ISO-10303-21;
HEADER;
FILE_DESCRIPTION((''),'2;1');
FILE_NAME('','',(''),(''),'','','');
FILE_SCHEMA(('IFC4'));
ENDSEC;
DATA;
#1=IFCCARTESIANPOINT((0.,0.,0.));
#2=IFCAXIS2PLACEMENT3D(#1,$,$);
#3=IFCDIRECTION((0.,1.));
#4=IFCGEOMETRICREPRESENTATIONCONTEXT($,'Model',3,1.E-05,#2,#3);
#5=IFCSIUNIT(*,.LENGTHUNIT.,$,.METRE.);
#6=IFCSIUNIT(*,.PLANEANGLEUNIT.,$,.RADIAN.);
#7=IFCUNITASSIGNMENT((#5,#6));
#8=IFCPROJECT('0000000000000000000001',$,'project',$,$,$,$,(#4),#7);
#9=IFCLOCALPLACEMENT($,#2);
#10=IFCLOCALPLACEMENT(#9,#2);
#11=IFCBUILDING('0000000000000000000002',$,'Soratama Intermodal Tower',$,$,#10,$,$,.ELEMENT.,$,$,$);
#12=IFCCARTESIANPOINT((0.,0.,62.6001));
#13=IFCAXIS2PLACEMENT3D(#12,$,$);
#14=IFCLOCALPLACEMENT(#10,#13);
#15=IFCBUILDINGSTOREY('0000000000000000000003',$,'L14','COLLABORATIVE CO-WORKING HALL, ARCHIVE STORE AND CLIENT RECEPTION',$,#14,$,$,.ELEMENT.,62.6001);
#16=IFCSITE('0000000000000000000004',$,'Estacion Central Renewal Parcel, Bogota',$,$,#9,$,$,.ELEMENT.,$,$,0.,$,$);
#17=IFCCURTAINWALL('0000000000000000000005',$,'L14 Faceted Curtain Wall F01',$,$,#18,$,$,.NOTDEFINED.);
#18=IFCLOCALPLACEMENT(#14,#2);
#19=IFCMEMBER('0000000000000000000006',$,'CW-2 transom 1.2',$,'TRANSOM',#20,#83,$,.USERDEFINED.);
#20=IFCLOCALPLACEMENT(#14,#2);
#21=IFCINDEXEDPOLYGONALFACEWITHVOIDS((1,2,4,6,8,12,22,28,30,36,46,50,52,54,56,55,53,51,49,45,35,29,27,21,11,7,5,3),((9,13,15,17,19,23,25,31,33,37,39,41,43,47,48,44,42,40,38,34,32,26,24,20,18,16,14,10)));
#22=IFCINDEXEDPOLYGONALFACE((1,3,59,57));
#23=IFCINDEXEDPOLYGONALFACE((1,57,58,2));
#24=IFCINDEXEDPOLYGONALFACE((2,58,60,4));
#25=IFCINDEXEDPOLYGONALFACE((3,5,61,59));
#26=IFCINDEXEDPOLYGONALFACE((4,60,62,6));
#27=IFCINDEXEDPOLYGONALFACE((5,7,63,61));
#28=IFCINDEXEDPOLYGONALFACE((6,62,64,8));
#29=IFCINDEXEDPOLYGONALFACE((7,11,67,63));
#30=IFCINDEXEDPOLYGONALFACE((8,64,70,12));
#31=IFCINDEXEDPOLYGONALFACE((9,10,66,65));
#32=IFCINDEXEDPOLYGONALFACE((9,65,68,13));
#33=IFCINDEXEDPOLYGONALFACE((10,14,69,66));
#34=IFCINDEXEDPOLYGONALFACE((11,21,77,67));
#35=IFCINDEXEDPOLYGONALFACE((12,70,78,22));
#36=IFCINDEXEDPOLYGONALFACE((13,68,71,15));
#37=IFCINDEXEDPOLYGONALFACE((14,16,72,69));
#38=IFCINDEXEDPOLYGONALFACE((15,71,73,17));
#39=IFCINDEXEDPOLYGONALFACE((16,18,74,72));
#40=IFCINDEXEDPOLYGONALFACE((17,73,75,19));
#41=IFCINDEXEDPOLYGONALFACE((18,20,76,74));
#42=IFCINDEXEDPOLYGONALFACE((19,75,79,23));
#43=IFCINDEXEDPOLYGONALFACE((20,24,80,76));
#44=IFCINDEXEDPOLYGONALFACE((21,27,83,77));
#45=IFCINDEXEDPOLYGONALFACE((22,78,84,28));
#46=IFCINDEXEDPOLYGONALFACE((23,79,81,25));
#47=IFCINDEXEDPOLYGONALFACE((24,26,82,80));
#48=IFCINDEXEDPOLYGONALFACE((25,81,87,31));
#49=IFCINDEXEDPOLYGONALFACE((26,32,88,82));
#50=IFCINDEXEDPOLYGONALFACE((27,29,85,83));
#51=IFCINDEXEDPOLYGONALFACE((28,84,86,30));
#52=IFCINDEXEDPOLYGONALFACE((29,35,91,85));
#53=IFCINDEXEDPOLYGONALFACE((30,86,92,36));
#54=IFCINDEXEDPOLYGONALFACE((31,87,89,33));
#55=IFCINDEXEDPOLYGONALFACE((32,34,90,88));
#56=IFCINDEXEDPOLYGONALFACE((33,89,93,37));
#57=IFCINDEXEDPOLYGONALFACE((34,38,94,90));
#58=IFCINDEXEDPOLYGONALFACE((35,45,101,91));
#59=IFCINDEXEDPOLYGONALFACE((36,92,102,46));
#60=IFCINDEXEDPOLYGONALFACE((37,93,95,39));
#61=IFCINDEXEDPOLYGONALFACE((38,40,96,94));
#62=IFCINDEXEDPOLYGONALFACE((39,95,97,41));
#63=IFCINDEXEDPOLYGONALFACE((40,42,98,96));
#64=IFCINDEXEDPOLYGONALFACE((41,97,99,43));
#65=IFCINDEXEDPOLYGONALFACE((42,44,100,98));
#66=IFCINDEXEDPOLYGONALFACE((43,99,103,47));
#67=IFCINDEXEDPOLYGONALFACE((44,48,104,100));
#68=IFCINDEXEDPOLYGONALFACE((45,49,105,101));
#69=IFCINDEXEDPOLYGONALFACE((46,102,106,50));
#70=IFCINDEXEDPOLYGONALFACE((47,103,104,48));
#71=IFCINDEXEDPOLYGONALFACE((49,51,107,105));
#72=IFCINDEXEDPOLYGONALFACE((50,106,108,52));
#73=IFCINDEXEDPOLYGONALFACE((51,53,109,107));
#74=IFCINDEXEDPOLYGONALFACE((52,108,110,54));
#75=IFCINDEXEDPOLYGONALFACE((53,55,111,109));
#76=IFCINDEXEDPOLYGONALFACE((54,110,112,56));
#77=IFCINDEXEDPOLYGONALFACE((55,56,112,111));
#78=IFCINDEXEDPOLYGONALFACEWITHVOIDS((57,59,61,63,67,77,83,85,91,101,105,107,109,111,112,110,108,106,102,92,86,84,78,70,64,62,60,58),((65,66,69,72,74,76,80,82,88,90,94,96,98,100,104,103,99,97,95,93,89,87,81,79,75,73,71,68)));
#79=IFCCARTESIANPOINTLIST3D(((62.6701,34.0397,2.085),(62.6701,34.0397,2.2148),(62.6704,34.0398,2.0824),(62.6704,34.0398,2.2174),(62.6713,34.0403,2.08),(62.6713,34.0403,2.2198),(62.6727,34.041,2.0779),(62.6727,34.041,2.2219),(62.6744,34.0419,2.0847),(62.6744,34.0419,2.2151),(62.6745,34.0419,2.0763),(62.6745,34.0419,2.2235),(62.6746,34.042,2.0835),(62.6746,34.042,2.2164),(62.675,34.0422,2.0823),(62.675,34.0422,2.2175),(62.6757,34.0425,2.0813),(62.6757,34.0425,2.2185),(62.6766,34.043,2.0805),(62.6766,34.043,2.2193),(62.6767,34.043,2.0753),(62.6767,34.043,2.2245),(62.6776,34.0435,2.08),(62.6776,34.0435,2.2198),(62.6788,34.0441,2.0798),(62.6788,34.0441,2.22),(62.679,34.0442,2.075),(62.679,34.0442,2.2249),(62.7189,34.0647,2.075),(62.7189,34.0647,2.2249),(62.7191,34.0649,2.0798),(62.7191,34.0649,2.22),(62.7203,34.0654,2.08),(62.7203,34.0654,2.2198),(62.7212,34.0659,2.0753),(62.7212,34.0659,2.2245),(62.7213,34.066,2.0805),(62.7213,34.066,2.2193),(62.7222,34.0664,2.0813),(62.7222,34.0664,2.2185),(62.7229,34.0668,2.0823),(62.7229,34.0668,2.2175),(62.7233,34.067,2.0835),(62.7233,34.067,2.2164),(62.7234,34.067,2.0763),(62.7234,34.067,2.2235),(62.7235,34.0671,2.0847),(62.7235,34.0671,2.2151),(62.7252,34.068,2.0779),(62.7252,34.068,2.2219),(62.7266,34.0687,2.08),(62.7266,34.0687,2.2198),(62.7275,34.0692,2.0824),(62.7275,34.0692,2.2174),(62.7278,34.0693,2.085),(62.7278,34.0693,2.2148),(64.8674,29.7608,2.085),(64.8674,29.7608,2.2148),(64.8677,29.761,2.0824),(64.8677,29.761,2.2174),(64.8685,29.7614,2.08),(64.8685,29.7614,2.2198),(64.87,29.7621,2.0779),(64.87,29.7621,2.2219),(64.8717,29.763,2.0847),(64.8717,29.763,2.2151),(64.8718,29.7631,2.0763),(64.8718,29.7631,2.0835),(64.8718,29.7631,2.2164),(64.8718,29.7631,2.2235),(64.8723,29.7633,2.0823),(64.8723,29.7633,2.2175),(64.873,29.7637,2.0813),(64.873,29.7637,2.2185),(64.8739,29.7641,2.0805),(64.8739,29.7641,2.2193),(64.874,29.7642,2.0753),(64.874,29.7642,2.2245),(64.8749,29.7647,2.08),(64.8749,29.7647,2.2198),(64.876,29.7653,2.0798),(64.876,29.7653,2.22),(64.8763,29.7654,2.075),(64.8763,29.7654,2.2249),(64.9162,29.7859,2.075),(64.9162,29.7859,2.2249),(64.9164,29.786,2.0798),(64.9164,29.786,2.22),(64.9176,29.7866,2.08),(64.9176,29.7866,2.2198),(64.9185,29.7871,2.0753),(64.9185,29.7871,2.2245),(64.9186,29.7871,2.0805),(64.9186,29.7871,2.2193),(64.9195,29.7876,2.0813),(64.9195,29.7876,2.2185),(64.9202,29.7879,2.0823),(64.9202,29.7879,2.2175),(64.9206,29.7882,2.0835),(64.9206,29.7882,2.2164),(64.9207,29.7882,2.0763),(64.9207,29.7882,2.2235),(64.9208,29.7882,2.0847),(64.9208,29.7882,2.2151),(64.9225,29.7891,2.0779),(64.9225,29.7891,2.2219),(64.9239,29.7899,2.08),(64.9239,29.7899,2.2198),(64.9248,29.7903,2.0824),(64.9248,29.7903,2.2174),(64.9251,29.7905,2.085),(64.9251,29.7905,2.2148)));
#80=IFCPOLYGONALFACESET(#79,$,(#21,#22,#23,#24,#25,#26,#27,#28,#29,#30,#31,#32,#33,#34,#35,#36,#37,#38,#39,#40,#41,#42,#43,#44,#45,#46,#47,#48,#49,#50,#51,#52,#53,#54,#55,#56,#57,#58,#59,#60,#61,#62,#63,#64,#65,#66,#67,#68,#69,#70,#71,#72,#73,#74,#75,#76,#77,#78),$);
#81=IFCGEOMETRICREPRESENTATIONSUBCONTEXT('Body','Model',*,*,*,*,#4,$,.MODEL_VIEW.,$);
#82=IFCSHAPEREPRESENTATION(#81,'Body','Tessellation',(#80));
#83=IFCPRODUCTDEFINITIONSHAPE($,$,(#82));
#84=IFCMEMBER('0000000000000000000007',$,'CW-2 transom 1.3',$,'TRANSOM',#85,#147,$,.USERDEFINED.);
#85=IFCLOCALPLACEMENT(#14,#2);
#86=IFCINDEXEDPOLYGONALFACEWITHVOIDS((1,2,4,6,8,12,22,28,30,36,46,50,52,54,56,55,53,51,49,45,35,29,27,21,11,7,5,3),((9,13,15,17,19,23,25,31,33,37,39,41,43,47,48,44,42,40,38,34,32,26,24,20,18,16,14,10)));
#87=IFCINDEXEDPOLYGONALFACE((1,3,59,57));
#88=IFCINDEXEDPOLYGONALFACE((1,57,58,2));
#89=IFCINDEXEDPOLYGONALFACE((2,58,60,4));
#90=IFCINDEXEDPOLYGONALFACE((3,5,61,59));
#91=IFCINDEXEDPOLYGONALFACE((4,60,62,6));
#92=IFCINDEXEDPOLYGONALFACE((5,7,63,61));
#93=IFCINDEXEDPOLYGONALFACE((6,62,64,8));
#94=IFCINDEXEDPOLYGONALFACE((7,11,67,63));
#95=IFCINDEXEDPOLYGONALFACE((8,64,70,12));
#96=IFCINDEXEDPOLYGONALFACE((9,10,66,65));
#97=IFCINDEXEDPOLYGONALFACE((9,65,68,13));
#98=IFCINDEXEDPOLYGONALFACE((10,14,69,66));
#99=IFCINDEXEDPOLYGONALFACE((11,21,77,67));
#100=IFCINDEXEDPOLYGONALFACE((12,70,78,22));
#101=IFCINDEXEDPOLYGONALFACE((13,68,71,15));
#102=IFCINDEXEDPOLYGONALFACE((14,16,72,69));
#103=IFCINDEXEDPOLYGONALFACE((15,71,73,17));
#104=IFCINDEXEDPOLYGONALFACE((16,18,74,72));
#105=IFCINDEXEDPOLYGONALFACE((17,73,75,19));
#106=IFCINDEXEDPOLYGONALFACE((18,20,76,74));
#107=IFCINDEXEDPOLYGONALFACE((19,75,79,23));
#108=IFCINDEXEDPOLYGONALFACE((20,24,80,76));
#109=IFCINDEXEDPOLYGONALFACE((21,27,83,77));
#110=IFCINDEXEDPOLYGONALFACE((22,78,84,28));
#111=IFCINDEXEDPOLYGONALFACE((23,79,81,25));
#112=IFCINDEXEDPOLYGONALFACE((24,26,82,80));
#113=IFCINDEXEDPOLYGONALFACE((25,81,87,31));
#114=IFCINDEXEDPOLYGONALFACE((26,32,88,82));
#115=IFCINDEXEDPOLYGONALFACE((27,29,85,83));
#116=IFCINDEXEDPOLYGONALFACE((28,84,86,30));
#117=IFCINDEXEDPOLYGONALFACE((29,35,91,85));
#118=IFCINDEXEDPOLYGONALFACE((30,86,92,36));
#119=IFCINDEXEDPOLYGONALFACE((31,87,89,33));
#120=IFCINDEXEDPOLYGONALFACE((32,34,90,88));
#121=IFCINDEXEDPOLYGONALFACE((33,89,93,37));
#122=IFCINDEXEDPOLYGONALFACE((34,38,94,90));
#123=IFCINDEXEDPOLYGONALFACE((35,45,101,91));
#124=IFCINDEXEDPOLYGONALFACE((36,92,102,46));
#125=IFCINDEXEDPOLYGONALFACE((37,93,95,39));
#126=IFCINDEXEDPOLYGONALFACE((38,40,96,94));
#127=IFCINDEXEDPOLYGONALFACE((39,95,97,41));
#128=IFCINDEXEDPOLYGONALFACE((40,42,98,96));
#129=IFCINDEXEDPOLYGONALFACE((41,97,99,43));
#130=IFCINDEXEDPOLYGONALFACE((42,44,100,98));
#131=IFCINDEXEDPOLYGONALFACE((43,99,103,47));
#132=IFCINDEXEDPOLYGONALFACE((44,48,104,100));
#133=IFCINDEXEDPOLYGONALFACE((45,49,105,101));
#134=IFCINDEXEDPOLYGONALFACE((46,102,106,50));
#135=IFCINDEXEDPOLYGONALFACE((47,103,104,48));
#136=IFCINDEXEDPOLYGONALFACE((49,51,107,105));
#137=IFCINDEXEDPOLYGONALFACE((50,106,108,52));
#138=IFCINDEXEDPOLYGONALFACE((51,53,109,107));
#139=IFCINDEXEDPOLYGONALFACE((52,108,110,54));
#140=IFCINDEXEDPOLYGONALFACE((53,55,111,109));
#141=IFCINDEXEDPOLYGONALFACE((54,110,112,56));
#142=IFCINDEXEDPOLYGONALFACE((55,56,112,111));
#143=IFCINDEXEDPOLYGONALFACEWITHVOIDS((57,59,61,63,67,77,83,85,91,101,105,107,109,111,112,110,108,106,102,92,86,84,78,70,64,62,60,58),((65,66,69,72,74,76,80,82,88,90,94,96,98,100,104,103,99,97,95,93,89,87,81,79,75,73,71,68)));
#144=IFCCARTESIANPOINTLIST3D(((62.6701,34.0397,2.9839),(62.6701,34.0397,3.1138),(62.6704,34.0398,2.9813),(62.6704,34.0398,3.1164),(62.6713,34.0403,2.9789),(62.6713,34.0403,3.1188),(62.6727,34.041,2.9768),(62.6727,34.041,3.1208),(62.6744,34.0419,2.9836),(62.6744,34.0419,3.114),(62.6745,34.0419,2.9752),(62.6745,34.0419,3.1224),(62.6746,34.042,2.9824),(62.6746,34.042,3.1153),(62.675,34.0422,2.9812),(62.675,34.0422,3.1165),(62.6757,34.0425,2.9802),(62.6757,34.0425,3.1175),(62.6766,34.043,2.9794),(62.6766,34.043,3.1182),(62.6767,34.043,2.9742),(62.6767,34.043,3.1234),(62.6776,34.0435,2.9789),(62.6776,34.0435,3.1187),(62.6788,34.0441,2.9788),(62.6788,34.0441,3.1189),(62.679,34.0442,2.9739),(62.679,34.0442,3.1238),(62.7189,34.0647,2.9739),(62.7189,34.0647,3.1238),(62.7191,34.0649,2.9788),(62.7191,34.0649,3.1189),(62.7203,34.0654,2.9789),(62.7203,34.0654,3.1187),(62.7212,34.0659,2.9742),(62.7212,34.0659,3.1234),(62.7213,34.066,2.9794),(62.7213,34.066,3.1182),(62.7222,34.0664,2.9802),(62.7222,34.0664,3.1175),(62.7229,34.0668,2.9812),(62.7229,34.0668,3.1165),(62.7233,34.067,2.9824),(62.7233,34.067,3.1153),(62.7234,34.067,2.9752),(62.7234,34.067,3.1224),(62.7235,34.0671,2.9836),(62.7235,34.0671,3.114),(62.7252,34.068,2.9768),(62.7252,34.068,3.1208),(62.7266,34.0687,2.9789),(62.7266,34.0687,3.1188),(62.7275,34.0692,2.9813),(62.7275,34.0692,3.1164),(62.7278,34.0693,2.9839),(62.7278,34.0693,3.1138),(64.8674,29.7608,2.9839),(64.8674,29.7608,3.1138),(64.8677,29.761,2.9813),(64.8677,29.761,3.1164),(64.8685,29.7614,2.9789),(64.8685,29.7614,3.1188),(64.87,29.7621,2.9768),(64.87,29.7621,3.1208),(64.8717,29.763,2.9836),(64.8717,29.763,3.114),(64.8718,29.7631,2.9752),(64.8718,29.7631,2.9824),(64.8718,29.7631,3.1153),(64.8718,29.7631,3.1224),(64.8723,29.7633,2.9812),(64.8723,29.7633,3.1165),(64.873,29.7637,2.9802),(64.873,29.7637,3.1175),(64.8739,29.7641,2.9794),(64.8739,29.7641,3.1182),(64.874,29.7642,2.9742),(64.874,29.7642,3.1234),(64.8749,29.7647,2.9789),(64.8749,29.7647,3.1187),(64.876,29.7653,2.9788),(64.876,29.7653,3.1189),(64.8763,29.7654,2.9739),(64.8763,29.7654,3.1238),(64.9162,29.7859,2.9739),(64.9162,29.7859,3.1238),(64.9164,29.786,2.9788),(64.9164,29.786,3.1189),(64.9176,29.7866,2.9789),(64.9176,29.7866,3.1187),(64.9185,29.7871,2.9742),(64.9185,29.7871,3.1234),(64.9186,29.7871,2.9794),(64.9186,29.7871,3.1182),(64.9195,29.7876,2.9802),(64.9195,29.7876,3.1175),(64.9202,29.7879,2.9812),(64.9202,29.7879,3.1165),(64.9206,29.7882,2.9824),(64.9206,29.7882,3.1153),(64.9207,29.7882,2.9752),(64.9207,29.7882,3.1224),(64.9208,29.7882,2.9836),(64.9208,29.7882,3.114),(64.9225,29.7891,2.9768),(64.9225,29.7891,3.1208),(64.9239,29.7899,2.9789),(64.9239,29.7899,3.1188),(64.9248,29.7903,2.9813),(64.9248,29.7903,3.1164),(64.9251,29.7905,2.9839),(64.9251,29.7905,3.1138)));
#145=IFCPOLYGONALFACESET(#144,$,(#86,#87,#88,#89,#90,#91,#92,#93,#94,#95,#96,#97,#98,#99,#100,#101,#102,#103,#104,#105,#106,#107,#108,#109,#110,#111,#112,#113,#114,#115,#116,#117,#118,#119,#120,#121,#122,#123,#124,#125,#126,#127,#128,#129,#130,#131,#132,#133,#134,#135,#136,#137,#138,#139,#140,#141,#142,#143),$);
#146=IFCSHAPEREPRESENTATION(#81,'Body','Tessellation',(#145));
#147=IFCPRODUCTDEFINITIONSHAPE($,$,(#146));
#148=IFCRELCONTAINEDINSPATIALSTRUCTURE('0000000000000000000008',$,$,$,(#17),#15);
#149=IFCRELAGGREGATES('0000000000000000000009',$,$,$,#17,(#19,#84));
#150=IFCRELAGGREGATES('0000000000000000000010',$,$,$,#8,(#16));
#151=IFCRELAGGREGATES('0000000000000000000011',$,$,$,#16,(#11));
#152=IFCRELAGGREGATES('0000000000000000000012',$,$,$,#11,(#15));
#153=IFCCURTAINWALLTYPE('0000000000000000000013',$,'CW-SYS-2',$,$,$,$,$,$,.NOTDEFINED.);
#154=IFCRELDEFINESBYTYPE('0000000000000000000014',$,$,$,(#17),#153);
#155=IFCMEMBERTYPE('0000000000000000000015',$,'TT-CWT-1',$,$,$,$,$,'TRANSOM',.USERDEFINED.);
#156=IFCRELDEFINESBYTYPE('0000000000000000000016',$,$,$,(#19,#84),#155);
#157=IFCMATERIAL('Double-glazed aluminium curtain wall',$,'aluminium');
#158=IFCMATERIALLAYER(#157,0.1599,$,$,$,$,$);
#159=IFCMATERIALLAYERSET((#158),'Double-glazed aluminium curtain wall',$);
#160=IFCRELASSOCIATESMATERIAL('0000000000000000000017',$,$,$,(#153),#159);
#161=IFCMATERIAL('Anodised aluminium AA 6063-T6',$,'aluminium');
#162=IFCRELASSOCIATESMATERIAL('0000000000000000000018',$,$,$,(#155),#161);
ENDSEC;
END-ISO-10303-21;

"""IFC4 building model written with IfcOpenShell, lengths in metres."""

from ifc_helpers import new_model, si_unit, direction, frame, origin, origin_2d, place, context, subcontext, project, spatial, hollow_rectangle, extrude, material, layer, layer_set, material_profile, profile_set, type_object, element, aggregate, save


model = new_model("IFC4")

# Units and contexts
model_context = context("Model", 3, precision=1e-05, world=origin(), true_north=direction((0.0, 1.0)))
body_context = subcontext(model_context, "Body", "Model", "MODEL_VIEW")
ifc_project = project(units=[si_unit("LENGTHUNIT", "METRE"), si_unit("PLANEANGLEUNIT", "RADIAN")], contexts=[model_context])

# Site, building, storey
site_placement = place(None, origin())
site = spatial("IfcSite", under=ifc_project, at=site_placement, Name="Estacion Central Renewal Parcel, Bogota", CompositionType="ELEMENT", RefElevation=0.0)
building_placement = place(site_placement, origin())
building = spatial("IfcBuilding", under=site, at=building_placement, Name="Soratama Intermodal Tower", CompositionType="ELEMENT")
storey_placement = place(building_placement, frame((0.0, 0.0, 62.6001)))
storey = spatial("IfcBuildingStorey", under=building, at=storey_placement, Name="L14", Description="COLLABORATIVE CO-WORKING HALL, ARCHIVE STORE AND CLIENT RECEPTION", CompositionType="ELEMENT", Elevation=62.6001)

# Curtain wall
ifc_material_1 = material(Name="Double-glazed aluminium curtain wall", Category="aluminium")
ifc_layer_1 = layer(ifc_material_1, 0.1599)
ifc_layer_set_1 = layer_set([ifc_layer_1], Name="Double-glazed aluminium curtain wall")
curtain_wall_type = type_object("IfcCurtainWallType", Name="CW-SYS-2", PredefinedType="NOTDEFINED", material=ifc_layer_set_1)
curtain_wall_1_placement = place(storey_placement, origin())
curtain_wall_1 = element("IfcCurtainWall", 1, at=curtain_wall_1_placement, inside=storey, type_object=curtain_wall_type, Name="L14 Faceted Curtain Wall F01", PredefinedType="NOTDEFINED")

# Members
ifc_material_2 = material(Name="Anodised aluminium AA 6063-T6", Category="aluminium")
ifc_material_profile_1 = material_profile(ifc_material_2, hollow_rectangle(XDim=0.0649, YDim=0.1499, WallThickness=0.0049, InnerFilletRadius=0.0049, OuterFilletRadius=0.01, at=origin_2d()), Name="CWT150X65X5")
ifc_profile_set_1 = profile_set([ifc_material_profile_1], Name="Anodised aluminium AA 6063-T6")
member_type_1 = type_object("IfcMemberType", Name="TT-CWT-1", ElementType="TRANSOM", PredefinedType="USERDEFINED", material=ifc_profile_set_1)
member_1_placement = place(storey_placement, frame((64.8962, 29.7756, 2.1499), z_axis=(-0.456811, 0.889564, 0.0), x_axis=(-0.889564, -0.456811, 0.0)))
member_1 = element("IfcMember", 2, at=member_1_placement, type_object=member_type_1, Name="CW-2 transom 1.2", ObjectType="TRANSOM", PredefinedType="USERDEFINED", context=body_context, shape_type="SweptSolid", body=[
    extrude(hollow_rectangle(XDim=0.0649, YDim=0.1499, WallThickness=0.0049, InnerFilletRadius=0.0049, OuterFilletRadius=0.01, at=origin_2d()), origin(), (0.0, 0.0, 1.0), 4.8101),
])
member_2_placement = place(storey_placement, frame((64.8962, 29.7756, 3.0488), z_axis=(-0.456811, 0.889564, 0.0), x_axis=(-0.889564, -0.456811, 0.0)))
member_2 = element("IfcMember", 3, at=member_2_placement, type_object=member_type_1, Name="CW-2 transom 1.3", ObjectType="TRANSOM", PredefinedType="USERDEFINED", context=body_context, shape_type="SweptSolid", body=[
    extrude(hollow_rectangle(XDim=0.0649, YDim=0.1499, WallThickness=0.0049, InnerFilletRadius=0.0049, OuterFilletRadius=0.01, at=origin_2d()), origin(), (0.0, 0.0, 1.0), 4.8101),
])

aggregate(curtain_wall_1, [member_1, member_2])

save(model, "model.ifc")
